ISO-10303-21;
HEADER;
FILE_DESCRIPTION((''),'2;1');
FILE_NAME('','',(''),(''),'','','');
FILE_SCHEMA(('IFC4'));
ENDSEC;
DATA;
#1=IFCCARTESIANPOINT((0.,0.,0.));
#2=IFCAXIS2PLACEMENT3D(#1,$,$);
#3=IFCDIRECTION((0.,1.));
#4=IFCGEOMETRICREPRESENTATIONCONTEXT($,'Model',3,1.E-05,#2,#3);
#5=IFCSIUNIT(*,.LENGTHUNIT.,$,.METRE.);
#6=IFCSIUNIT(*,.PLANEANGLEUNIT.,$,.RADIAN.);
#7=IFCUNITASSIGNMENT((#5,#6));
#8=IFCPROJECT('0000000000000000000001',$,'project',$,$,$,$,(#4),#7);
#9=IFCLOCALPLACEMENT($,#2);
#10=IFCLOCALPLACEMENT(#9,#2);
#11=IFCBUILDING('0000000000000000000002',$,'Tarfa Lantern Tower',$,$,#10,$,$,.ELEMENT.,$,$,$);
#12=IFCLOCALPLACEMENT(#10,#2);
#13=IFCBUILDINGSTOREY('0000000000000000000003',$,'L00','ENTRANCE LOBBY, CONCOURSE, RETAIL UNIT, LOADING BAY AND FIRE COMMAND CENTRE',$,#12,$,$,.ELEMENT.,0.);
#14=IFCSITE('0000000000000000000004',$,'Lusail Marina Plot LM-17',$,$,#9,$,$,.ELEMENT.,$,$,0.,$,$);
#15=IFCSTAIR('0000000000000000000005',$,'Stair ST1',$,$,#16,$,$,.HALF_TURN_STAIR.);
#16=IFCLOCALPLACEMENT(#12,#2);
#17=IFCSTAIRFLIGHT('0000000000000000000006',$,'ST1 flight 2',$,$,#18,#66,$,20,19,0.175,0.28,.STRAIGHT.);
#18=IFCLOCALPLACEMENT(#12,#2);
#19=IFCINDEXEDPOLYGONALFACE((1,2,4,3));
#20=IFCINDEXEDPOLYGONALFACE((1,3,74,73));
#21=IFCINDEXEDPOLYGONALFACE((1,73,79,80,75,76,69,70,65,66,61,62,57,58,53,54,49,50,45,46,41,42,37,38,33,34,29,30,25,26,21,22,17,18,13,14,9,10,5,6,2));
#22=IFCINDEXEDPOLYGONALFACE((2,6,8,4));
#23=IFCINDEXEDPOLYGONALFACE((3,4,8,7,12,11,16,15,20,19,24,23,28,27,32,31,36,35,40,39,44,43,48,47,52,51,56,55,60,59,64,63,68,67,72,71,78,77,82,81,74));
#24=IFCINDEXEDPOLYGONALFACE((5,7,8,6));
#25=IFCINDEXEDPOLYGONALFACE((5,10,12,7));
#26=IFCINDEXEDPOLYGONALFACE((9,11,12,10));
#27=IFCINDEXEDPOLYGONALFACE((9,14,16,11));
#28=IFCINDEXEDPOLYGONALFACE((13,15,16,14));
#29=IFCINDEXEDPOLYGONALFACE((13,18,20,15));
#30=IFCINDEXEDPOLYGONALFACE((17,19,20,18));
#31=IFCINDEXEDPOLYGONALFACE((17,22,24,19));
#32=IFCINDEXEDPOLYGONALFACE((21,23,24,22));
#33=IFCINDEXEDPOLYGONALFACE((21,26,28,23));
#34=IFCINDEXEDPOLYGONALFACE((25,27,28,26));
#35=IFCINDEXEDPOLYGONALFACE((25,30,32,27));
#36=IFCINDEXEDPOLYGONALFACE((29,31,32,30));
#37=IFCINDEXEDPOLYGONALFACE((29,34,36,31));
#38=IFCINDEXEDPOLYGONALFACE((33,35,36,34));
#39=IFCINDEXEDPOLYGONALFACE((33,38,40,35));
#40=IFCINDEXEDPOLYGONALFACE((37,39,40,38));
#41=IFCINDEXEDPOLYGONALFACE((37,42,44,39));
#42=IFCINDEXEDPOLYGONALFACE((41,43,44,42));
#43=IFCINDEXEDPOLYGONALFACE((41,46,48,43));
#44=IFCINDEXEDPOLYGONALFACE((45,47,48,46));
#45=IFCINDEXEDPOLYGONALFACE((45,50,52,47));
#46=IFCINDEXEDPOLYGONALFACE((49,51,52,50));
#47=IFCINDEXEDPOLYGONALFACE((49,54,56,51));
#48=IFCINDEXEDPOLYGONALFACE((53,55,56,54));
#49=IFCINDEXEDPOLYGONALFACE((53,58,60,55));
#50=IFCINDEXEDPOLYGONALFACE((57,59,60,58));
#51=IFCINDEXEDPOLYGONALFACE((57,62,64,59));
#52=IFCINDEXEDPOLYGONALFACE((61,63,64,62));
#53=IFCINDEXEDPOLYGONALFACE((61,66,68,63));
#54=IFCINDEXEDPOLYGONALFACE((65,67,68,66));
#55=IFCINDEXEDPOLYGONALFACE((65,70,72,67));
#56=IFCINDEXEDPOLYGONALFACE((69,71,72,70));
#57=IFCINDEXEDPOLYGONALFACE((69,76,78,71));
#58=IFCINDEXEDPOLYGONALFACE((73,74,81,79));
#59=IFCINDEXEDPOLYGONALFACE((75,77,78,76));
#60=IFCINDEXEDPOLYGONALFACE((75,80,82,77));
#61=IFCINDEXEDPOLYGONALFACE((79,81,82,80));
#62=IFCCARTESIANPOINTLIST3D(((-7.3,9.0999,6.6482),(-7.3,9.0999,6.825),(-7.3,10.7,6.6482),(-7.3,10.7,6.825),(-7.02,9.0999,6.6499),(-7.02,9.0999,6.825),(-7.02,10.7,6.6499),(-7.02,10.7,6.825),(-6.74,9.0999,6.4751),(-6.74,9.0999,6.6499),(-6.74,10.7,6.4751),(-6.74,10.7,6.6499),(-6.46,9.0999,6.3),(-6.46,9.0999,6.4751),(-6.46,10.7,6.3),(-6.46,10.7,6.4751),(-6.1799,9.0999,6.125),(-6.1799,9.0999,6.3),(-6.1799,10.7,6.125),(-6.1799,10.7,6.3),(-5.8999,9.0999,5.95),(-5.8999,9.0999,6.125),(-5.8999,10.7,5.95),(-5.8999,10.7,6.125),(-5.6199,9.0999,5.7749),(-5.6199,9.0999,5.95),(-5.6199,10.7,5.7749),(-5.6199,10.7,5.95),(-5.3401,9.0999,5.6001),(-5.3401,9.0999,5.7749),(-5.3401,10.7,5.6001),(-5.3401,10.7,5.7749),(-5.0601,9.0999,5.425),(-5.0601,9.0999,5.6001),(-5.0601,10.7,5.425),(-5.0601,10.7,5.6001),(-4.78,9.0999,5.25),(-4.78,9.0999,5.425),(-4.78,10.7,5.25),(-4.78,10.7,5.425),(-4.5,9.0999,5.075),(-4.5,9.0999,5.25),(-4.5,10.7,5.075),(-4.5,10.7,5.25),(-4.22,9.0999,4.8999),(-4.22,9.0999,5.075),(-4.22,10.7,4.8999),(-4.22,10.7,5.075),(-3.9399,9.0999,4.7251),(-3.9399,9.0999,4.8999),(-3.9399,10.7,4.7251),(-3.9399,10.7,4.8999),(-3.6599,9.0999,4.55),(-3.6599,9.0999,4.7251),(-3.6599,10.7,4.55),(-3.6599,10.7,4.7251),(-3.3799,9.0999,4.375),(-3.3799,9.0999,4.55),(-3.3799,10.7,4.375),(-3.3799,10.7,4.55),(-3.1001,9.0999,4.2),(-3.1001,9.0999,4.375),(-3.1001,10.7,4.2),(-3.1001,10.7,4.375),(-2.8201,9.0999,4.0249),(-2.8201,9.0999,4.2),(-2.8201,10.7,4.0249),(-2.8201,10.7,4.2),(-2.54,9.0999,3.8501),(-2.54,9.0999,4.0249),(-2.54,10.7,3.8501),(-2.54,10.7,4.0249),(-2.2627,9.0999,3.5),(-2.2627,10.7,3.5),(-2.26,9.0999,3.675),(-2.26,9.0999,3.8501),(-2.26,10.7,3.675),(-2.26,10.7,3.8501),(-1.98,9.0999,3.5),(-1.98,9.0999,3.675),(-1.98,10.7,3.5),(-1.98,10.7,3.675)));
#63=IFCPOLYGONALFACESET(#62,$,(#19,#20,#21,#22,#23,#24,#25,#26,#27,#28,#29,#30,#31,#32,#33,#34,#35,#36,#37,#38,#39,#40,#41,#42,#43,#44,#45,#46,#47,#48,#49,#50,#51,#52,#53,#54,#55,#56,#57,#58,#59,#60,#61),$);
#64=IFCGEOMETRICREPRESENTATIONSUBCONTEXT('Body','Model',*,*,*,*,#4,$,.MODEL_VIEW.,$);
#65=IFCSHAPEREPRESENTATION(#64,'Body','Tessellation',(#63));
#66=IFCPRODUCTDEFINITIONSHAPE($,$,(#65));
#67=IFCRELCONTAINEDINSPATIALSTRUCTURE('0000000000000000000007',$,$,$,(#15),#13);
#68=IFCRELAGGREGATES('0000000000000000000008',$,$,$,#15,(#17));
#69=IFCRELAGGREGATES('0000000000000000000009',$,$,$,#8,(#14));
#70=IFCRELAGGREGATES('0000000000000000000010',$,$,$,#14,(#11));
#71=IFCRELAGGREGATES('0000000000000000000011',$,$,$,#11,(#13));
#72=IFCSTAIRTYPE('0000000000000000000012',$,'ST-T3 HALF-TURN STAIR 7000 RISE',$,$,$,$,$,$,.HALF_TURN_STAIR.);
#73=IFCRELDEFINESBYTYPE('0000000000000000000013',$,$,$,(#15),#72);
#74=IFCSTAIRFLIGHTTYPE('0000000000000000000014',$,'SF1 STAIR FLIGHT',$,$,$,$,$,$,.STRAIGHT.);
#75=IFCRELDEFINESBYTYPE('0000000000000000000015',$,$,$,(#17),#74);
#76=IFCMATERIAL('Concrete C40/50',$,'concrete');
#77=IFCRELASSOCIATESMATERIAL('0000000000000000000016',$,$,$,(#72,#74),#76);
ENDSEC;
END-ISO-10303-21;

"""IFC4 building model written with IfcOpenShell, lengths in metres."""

from ifc_helpers import new_model, si_unit, direction, frame, origin, place, context, subcontext, project, spatial, polyline, outline, extrude, material, type_object, element, aggregate, save


model = new_model("IFC4")

# Units and contexts
model_context = context("Model", 3, precision=1e-05, world=origin(), true_north=direction((0.0, 1.0)))
body_context = subcontext(model_context, "Body", "Model", "MODEL_VIEW")
ifc_project = project(units=[si_unit("LENGTHUNIT", "METRE"), si_unit("PLANEANGLEUNIT", "RADIAN")], contexts=[model_context])

# Site, building, storey
site_placement = place(None, origin())
site = spatial("IfcSite", under=ifc_project, at=site_placement, Name="Lusail Marina Plot LM-17", CompositionType="ELEMENT", RefElevation=0.0)
building_placement = place(site_placement, origin())
building = spatial("IfcBuilding", under=site, at=building_placement, Name="Tarfa Lantern Tower", CompositionType="ELEMENT")
storey_placement = place(building_placement, origin())
storey = spatial("IfcBuildingStorey", under=building, at=storey_placement, Name="L00", Description="ENTRANCE LOBBY, CONCOURSE, RETAIL UNIT, LOADING BAY AND FIRE COMMAND CENTRE", CompositionType="ELEMENT", Elevation=0.0)

# Shared definitions
ifc_material_1 = material(Name="Concrete C40/50", Category="concrete")

# Stair, stair flight
stair_type = type_object("IfcStairType", Name="ST-T3 HALF-TURN STAIR 7000 RISE", PredefinedType="HALF_TURN_STAIR", material=ifc_material_1)
stair_placement = place(storey_placement, origin())
stair = element("IfcStair", 1, at=stair_placement, inside=storey, type_object=stair_type, Name="Stair ST1", PredefinedType="HALF_TURN_STAIR")
stair_flight_type = type_object("IfcStairFlightType", Name="SF1 STAIR FLIGHT", PredefinedType="STRAIGHT", material=ifc_material_1)
stair_flight_placement = place(storey_placement, frame((-1.98, 9.8999, 3.5), z_axis=(0.0, 0.0, 1.0), x_axis=(-1.0, 0.0, 0.0)))
stair_flight = element("IfcStairFlight", 2, at=stair_flight_placement, type_object=stair_flight_type, Name="ST1 flight 2", NumberOfRisers=20, NumberOfTreads=19, PredefinedType="STRAIGHT", RiserHeight=0.175, TreadLength=0.28, context=body_context, shape_type="SweptSolid", body=[
    extrude(outline(polyline([(0.0, 0.0), (0.0, 0.175), (0.28, 0.175), (0.28, 0.3501), (0.5601, 0.3501), (0.5601, 0.5249), (0.8401, 0.5249), (0.8401, 0.7), (1.1201, 0.7), (1.1201, 0.875), (1.3999, 0.875), (1.3999, 1.05), (1.6799, 1.05), (1.6799, 1.2251), (1.96, 1.2251), (1.96, 1.3999), (2.24, 1.3999), (2.24, 1.575), (2.52, 1.575), (2.52, 1.75), (2.8, 1.75), (2.8, 1.925), (3.0801, 1.925), (3.0801, 2.1001), (3.3601, 2.1001), (3.3601, 2.2749), (3.6399, 2.2749), (3.6399, 2.45), (3.9199, 2.45), (3.9199, 2.625), (4.2, 2.625), (4.2, 2.8), (4.48, 2.8), (4.48, 2.9751), (4.76, 2.9751), (4.76, 3.1499), (5.04, 3.1499), (5.04, 3.325), (5.3201, 3.325), (5.3201, 3.5), (5.3201, 3.1482), (0.2827, 0.0), (0.0, 0.0)])), frame((0.0, 0.8, 0.0), z_axis=(0.0, -1.0, 0.0), x_axis=(1.0, 0.0, 0.0)), (0.0, 0.0, 1.0), 1.6001),
])
aggregate(stair, [stair_flight])

save(model, "model.ifc")
